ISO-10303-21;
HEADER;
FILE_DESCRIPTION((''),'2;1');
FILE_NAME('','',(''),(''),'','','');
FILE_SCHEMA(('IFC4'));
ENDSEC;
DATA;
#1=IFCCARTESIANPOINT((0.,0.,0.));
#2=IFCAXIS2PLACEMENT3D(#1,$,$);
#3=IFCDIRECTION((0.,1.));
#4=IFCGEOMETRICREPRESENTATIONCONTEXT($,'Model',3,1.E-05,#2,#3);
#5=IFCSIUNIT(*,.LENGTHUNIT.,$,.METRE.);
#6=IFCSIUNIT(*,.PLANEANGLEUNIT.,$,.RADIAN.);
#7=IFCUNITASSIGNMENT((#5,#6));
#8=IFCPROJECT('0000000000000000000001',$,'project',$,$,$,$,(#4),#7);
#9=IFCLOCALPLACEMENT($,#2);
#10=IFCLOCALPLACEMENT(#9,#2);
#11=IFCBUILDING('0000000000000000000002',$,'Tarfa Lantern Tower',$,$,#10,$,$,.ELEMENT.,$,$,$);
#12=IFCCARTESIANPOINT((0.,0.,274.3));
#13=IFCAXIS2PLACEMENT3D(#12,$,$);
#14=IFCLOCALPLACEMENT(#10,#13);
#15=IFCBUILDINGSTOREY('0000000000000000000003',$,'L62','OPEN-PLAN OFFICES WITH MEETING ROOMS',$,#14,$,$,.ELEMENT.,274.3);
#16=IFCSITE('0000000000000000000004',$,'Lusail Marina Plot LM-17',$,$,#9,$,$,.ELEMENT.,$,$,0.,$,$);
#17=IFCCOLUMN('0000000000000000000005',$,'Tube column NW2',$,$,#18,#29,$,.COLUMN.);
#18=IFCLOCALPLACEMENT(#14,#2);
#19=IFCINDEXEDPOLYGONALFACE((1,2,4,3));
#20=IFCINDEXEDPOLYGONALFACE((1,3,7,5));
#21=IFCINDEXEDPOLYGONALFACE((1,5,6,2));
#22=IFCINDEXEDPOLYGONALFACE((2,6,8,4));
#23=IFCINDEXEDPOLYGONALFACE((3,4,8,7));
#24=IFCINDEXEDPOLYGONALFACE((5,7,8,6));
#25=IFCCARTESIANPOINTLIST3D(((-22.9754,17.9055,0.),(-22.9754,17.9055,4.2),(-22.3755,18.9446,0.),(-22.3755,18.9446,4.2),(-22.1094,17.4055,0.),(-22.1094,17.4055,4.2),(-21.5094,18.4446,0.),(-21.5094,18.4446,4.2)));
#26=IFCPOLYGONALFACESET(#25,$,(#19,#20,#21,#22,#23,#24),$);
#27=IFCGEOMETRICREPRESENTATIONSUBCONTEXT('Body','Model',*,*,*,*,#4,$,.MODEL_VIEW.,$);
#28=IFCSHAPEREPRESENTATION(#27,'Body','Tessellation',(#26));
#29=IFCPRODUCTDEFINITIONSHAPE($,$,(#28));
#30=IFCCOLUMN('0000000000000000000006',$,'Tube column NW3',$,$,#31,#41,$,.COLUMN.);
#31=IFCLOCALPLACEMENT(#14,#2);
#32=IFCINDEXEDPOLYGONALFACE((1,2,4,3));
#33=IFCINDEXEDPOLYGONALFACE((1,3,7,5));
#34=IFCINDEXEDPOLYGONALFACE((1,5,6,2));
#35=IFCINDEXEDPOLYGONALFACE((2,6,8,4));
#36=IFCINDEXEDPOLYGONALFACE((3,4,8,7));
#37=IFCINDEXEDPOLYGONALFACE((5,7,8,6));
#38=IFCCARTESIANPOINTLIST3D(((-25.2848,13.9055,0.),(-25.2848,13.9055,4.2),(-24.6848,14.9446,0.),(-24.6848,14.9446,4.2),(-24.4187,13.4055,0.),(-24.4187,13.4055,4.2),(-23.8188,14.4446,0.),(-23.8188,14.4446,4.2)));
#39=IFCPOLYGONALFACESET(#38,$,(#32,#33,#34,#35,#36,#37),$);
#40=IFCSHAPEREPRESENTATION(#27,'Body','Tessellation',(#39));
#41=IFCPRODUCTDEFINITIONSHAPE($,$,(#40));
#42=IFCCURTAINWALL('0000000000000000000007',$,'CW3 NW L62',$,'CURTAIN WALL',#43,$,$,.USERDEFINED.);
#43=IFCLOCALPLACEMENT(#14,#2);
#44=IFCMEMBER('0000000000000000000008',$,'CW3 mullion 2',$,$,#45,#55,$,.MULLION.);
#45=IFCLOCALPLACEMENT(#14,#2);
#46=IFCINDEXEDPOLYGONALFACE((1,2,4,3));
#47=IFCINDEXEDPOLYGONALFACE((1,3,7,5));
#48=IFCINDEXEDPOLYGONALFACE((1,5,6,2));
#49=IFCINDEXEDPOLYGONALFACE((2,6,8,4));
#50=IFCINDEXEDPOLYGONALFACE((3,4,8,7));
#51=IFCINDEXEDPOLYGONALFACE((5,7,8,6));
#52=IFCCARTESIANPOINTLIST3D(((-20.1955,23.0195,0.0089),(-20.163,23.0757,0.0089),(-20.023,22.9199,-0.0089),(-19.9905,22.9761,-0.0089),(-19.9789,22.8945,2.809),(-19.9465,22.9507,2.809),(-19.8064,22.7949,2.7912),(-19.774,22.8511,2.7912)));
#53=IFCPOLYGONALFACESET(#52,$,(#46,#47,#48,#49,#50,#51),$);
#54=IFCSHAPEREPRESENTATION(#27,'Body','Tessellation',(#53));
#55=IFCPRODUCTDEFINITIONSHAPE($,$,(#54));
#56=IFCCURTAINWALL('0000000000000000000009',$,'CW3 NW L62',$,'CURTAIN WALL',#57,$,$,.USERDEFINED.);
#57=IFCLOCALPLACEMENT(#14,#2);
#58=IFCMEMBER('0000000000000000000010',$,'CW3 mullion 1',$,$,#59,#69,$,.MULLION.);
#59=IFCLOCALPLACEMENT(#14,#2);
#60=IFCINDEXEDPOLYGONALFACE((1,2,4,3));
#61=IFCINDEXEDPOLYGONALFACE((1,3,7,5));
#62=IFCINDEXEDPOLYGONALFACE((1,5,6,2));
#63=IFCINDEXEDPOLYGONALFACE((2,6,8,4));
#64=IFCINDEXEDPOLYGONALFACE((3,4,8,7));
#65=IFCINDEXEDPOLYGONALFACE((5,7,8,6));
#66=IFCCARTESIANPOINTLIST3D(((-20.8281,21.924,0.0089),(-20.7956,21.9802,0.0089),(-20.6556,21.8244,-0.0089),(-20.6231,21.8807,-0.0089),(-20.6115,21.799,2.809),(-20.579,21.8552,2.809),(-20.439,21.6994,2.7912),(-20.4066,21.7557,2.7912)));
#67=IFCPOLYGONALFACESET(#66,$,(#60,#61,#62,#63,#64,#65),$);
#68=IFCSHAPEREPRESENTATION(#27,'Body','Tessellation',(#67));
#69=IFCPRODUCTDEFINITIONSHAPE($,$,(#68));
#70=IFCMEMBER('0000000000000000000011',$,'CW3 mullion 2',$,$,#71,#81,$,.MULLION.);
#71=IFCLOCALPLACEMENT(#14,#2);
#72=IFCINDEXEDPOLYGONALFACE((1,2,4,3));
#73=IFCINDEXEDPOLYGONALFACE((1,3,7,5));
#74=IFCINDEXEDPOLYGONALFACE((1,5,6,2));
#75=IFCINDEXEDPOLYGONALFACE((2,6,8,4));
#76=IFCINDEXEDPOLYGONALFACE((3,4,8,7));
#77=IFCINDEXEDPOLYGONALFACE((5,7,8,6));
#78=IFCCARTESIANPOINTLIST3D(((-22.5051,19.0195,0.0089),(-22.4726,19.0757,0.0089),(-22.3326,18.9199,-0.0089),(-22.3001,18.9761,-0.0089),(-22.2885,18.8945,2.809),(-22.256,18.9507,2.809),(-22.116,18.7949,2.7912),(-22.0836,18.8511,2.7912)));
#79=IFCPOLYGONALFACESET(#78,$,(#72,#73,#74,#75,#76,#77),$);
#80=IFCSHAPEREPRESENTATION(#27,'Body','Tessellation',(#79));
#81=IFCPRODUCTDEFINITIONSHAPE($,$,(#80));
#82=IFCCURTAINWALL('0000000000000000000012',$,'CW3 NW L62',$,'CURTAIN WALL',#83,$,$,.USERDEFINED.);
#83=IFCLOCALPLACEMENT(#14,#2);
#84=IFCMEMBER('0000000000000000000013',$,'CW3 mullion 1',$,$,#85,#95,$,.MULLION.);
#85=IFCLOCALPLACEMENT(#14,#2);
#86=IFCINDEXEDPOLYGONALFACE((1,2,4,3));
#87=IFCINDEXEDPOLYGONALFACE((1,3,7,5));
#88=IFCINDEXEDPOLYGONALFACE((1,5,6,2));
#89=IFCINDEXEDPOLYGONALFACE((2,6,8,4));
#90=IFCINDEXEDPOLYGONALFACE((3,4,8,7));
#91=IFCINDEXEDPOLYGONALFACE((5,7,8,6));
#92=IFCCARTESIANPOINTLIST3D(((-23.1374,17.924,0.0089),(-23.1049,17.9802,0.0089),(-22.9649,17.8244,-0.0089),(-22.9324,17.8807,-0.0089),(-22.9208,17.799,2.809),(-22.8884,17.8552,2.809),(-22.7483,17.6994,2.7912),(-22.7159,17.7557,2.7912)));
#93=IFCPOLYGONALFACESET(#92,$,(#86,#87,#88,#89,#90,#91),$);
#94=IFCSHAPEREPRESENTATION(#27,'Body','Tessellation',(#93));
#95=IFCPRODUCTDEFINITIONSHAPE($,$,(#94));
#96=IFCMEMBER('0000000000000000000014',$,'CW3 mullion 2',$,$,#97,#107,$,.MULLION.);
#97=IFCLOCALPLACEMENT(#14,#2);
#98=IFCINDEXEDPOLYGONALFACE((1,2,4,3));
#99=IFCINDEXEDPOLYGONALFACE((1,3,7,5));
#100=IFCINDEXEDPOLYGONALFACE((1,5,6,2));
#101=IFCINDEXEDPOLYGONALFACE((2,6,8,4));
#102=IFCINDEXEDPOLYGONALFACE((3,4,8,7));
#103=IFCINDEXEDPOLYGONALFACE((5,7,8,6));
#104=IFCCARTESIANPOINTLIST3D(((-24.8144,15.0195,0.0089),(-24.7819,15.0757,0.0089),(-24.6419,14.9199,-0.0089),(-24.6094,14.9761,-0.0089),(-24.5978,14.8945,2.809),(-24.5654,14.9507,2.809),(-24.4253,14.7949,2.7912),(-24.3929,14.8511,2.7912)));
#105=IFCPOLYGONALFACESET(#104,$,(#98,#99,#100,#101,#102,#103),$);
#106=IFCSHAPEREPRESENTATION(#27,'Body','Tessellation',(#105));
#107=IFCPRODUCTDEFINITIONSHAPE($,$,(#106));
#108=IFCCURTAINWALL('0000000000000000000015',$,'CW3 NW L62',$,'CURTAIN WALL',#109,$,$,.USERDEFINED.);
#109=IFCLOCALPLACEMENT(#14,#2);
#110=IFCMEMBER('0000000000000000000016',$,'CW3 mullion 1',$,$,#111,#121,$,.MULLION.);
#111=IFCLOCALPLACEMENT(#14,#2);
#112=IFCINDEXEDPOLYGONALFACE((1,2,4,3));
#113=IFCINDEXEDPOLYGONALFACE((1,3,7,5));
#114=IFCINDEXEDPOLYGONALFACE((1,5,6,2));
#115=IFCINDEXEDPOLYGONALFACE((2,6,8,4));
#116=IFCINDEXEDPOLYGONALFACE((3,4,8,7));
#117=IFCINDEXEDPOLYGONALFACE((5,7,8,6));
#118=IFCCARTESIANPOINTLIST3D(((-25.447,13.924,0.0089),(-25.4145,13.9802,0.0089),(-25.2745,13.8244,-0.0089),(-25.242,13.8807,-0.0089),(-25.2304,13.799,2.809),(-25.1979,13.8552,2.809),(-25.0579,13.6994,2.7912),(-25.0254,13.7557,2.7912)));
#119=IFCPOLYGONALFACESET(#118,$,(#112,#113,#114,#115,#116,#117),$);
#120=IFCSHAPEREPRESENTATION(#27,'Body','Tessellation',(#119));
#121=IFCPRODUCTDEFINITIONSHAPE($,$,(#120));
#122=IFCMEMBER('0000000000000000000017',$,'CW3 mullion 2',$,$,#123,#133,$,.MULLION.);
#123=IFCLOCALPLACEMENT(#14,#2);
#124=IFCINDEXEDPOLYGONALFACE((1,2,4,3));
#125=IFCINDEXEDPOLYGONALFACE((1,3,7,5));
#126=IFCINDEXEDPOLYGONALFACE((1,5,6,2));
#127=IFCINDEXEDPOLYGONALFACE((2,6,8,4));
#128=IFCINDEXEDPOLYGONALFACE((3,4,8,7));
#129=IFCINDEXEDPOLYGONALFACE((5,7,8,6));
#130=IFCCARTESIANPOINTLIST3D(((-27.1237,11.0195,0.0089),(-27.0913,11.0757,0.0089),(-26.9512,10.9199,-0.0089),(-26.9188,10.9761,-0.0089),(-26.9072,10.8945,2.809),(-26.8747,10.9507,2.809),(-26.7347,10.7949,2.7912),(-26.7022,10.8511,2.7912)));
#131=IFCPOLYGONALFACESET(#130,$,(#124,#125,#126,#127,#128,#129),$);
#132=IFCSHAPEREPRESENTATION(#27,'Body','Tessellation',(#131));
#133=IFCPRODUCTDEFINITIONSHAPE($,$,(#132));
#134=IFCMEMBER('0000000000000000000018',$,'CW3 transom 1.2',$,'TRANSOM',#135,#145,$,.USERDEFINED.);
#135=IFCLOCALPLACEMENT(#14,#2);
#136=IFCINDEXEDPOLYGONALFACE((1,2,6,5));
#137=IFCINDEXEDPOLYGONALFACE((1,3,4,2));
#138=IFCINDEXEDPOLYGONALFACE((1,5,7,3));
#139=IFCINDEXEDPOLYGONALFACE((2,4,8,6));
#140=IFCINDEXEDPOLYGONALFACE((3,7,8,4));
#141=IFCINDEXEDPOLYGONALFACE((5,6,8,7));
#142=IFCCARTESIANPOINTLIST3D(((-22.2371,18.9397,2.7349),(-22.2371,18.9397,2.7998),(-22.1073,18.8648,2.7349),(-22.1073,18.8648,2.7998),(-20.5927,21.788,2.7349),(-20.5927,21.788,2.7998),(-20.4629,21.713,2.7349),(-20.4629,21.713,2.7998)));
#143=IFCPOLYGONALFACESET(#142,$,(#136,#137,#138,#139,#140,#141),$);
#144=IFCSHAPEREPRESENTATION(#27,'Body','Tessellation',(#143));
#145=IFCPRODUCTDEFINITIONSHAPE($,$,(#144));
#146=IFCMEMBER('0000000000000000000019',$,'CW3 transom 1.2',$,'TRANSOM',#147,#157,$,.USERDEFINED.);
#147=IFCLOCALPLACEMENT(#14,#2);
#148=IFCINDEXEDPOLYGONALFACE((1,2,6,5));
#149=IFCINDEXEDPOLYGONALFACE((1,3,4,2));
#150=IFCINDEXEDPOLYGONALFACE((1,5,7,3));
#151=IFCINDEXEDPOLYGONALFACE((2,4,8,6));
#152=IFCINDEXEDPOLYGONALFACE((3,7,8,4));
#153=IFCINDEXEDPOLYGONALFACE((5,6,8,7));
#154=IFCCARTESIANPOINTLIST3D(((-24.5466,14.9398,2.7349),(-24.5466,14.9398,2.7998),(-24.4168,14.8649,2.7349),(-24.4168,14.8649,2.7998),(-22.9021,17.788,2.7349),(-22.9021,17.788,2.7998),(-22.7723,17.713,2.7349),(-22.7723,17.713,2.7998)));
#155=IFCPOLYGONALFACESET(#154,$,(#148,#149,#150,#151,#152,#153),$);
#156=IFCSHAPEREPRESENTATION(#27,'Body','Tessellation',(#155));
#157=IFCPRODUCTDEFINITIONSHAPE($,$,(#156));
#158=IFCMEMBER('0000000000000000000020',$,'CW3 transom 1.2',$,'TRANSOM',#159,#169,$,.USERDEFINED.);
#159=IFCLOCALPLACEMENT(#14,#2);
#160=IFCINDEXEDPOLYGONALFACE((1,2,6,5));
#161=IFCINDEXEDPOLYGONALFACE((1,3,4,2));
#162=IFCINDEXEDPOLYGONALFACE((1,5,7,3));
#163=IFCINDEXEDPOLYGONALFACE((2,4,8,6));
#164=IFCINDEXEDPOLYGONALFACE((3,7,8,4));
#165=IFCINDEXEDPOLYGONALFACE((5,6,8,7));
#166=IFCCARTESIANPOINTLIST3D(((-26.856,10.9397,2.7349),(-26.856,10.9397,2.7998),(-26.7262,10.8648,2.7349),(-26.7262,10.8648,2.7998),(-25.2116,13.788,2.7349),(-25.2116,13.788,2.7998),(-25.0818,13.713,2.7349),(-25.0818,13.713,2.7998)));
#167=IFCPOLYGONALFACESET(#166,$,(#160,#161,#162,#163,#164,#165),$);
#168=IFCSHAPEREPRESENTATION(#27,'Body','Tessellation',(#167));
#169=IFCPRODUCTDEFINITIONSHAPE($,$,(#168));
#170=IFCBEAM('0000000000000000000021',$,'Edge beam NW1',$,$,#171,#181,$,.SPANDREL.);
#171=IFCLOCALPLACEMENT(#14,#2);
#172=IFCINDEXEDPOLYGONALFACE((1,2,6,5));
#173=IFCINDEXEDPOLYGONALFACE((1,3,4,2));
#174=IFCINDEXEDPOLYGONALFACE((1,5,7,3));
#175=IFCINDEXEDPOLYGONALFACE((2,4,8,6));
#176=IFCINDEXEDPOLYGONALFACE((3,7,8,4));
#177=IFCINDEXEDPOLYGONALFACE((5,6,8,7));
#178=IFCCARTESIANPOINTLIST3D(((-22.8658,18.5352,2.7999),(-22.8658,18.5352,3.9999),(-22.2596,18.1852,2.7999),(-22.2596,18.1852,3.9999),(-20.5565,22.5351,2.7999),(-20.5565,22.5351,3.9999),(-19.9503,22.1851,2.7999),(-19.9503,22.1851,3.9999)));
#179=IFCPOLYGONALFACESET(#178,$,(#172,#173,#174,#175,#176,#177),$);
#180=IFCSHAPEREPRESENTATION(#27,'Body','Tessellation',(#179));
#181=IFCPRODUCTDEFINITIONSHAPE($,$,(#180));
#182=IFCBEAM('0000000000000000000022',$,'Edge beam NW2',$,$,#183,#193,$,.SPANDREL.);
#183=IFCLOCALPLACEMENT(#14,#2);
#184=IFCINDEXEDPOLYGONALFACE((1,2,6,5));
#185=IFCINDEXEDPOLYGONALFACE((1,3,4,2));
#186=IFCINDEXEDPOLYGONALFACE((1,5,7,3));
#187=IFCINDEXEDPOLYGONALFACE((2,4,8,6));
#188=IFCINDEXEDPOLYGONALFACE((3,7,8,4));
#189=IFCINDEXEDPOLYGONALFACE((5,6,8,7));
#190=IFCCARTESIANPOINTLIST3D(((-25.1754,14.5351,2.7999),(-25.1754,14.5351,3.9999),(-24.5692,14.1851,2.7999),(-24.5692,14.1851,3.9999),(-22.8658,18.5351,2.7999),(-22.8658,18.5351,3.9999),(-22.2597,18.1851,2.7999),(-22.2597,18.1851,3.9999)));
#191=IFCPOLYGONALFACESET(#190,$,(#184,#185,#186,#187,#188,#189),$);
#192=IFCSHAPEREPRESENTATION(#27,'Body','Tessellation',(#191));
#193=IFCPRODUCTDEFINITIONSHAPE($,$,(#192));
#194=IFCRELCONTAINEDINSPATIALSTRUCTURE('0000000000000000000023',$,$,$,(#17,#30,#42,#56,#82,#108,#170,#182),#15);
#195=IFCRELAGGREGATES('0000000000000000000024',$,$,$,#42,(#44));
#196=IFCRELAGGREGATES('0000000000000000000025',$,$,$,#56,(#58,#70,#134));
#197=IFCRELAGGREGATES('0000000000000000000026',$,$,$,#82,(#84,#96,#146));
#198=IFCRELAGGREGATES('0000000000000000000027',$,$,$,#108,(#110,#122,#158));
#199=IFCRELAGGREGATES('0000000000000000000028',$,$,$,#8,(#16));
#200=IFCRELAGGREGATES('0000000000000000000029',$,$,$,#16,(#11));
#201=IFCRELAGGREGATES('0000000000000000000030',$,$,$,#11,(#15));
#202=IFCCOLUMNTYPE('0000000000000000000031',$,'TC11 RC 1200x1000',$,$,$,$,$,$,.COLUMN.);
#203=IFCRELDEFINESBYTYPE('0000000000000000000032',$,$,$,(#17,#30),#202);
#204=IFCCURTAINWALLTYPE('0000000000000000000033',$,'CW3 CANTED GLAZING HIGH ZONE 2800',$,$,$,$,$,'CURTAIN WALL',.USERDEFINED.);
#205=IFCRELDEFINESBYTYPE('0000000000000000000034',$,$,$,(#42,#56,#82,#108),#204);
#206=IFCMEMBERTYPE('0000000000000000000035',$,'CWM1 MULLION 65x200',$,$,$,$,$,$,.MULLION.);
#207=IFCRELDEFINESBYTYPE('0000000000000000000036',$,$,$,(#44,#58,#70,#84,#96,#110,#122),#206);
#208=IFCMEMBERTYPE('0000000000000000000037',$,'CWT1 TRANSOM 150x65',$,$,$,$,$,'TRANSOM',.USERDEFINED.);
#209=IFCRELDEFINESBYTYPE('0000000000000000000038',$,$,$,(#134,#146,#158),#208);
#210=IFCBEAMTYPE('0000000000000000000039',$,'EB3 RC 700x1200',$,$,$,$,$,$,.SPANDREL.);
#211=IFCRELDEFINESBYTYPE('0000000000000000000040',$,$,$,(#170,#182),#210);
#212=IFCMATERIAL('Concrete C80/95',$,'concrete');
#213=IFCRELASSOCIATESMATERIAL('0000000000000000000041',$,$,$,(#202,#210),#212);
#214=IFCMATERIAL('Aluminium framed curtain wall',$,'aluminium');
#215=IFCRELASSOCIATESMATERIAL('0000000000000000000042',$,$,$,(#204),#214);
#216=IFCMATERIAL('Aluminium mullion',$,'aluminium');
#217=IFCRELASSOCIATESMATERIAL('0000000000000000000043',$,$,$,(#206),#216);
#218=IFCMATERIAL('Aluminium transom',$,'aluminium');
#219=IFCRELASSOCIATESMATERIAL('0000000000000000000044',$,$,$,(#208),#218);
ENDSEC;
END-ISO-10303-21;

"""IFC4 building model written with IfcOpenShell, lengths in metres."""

from ifc_helpers import new_model, si_unit, direction, frame, origin, origin_2d, place, context, subcontext, project, spatial, rectangle, extrude, material, material_profile, profile_set, type_object, element, aggregate, save


model = new_model("IFC4")

# Units and contexts
model_context = context("Model", 3, precision=1e-05, world=origin(), true_north=direction((0.0, 1.0)))
body_context = subcontext(model_context, "Body", "Model", "MODEL_VIEW")
ifc_project = project(units=[si_unit("LENGTHUNIT", "METRE"), si_unit("PLANEANGLEUNIT", "RADIAN")], contexts=[model_context])

# Site, building, storey
site_placement = place(None, origin())
site = spatial("IfcSite", under=ifc_project, at=site_placement, Name="Lusail Marina Plot LM-17", CompositionType="ELEMENT", RefElevation=0.0)
building_placement = place(site_placement, origin())
building = spatial("IfcBuilding", under=site, at=building_placement, Name="Tarfa Lantern Tower", CompositionType="ELEMENT")
storey_placement = place(building_placement, frame((0.0, 0.0, 274.3)))
storey = spatial("IfcBuildingStorey", under=building, at=storey_placement, Name="L62", Description="OPEN-PLAN OFFICES WITH MEETING ROOMS", CompositionType="ELEMENT", Elevation=274.3)

# Columns
ifc_material_1 = material(Name="Concrete C80/95", Category="concrete")
ifc_material_profile_1 = material_profile(ifc_material_1, rectangle(XDim=1.2, YDim=1.0, at=origin_2d()), Name="RC 1200x1000")
ifc_profile_set_1 = profile_set([ifc_material_profile_1], Name="Concrete C80/95")
column_type = type_object("IfcColumnType", Name="TC11 RC 1200x1000", PredefinedType="COLUMN", material=ifc_profile_set_1)
for number, where, z_axis, x_axis, name in (
    (1, (-22.2424, 18.175, 0.0), (0.0, 0.0, 1.0), (-0.5, -0.866025, 0.0), "Tube column NW2"),
    (2, (-24.5518, 14.175, 0.0), (0.0, 0.0, 1.0), (-0.5, -0.866025, 0.0), "Tube column NW3"),
):
    element("IfcColumn", number, at=place(storey_placement, frame(where, z_axis=z_axis, x_axis=x_axis)), inside=storey, type_object=column_type, Name=name, PredefinedType="COLUMN", context=body_context, shape_type="SweptSolid", body=[
        extrude(rectangle(XDim=1.2, YDim=1.0, at=origin_2d()), origin(), (0.0, 0.0, 1.0), 4.2),
    ])

# Curtain wall, member
ifc_material_2 = material(Name="Aluminium framed curtain wall", Category="aluminium")
curtain_wall_type = type_object("IfcCurtainWallType", Name="CW3 CANTED GLAZING HIGH ZONE 2800", ElementType="CURTAIN WALL", PredefinedType="USERDEFINED", material=ifc_material_2)
curtain_wall_1_placement = place(storey_placement, origin())
curtain_wall_1 = element("IfcCurtainWall", 3, at=curtain_wall_1_placement, inside=storey, type_object=curtain_wall_type, Name="CW3 NW L62", ObjectType="CURTAIN WALL", PredefinedType="USERDEFINED")
ifc_material_3 = material(Name="Aluminium mullion", Category="aluminium")
ifc_material_profile_2 = material_profile(ifc_material_3, rectangle(XDim=0.0649, YDim=0.2, at=origin_2d()), Name="AL MULLION 65x200")
ifc_profile_set_2 = profile_set([ifc_material_profile_2], Name="Aluminium mullion")
member_type_1 = type_object("IfcMemberType", Name="CWM1 MULLION 65x200", PredefinedType="MULLION", material=ifc_profile_set_2)
member_1_placement = place(storey_placement, frame((-20.093, 22.9978, 0.0), z_axis=(0.077032, -0.044465, 0.996037), x_axis=(0.49992, 0.866072, 0.0)))
member_1 = element("IfcMember", 4, at=member_1_placement, type_object=member_type_1, Name="CW3 mullion 2", PredefinedType="MULLION", context=body_context, shape_type="SweptSolid", body=[
    extrude(rectangle(XDim=0.0649, YDim=0.2, at=origin_2d()), origin(), (0.0, 0.0, 1.0), 2.8113),
])
aggregate(curtain_wall_1, [member_1])

# Curtain walls, members
curtain_wall_2_placement = place(storey_placement, origin())
curtain_wall_2 = element("IfcCurtainWall", 5, at=curtain_wall_2_placement, inside=storey, type_object=curtain_wall_type, Name="CW3 NW L62", ObjectType="CURTAIN WALL", PredefinedType="USERDEFINED")
member_2_placement = place(storey_placement, frame((-20.7256, 21.9023, 0.0), z_axis=(0.077032, -0.044465, 0.996037), x_axis=(0.49992, 0.866072, 0.0)))
member_2 = element("IfcMember", 6, at=member_2_placement, type_object=member_type_1, Name="CW3 mullion 1", PredefinedType="MULLION", context=body_context, shape_type="SweptSolid", body=[
    extrude(rectangle(XDim=0.0649, YDim=0.2, at=origin_2d()), origin(), (0.0, 0.0, 1.0), 2.8113),
])
member_3_placement = place(storey_placement, frame((-22.4026, 18.9978, 0.0), z_axis=(0.077032, -0.044465, 0.996037), x_axis=(0.49992, 0.866072, 0.0)))
member_3 = element("IfcMember", 7, at=member_3_placement, type_object=member_type_1, Name="CW3 mullion 2", PredefinedType="MULLION", context=body_context, shape_type="SweptSolid", body=[
    extrude(rectangle(XDim=0.0649, YDim=0.2, at=origin_2d()), origin(), (0.0, 0.0, 1.0), 2.8113),
])
curtain_wall_3_placement = place(storey_placement, origin())
curtain_wall_3 = element("IfcCurtainWall", 8, at=curtain_wall_3_placement, inside=storey, type_object=curtain_wall_type, Name="CW3 NW L62", ObjectType="CURTAIN WALL", PredefinedType="USERDEFINED")
member_4_placement = place(storey_placement, frame((-23.0349, 17.9023, 0.0), z_axis=(0.077032, -0.044465, 0.996037), x_axis=(0.49992, 0.866072, 0.0)))
member_4 = element("IfcMember", 9, at=member_4_placement, type_object=member_type_1, Name="CW3 mullion 1", PredefinedType="MULLION", context=body_context, shape_type="SweptSolid", body=[
    extrude(rectangle(XDim=0.0649, YDim=0.2, at=origin_2d()), origin(), (0.0, 0.0, 1.0), 2.8113),
])
member_5_placement = place(storey_placement, frame((-24.7119, 14.9978, 0.0), z_axis=(0.077032, -0.044465, 0.996037), x_axis=(0.49992, 0.866072, 0.0)))
member_5 = element("IfcMember", 10, at=member_5_placement, type_object=member_type_1, Name="CW3 mullion 2", PredefinedType="MULLION", context=body_context, shape_type="SweptSolid", body=[
    extrude(rectangle(XDim=0.0649, YDim=0.2, at=origin_2d()), origin(), (0.0, 0.0, 1.0), 2.8113),
])
curtain_wall_4_placement = place(storey_placement, origin())
curtain_wall_4 = element("IfcCurtainWall", 11, at=curtain_wall_4_placement, inside=storey, type_object=curtain_wall_type, Name="CW3 NW L62", ObjectType="CURTAIN WALL", PredefinedType="USERDEFINED")
member_6_placement = place(storey_placement, frame((-25.3445, 13.9023, 0.0), z_axis=(0.077032, -0.044465, 0.996037), x_axis=(0.49992, 0.866072, 0.0)))
member_6 = element("IfcMember", 12, at=member_6_placement, type_object=member_type_1, Name="CW3 mullion 1", PredefinedType="MULLION", context=body_context, shape_type="SweptSolid", body=[
    extrude(rectangle(XDim=0.0649, YDim=0.2, at=origin_2d()), origin(), (0.0, 0.0, 1.0), 2.8113),
])
member_7_placement = place(storey_placement, frame((-27.0212, 10.9978, 0.0), z_axis=(0.077032, -0.044465, 0.996037), x_axis=(0.49992, 0.866072, 0.0)))
member_7 = element("IfcMember", 13, at=member_7_placement, type_object=member_type_1, Name="CW3 mullion 2", PredefinedType="MULLION", context=body_context, shape_type="SweptSolid", body=[
    extrude(rectangle(XDim=0.0649, YDim=0.2, at=origin_2d()), origin(), (0.0, 0.0, 1.0), 2.8113),
])

# Members
ifc_material_4 = material(Name="Aluminium transom", Category="aluminium")
ifc_material_profile_3 = material_profile(ifc_material_4, rectangle(XDim=0.1499, YDim=0.0649, at=origin_2d()), Name="AL TRANSOM 150x65")
ifc_profile_set_3 = profile_set([ifc_material_profile_3], Name="Aluminium transom")
member_type_2 = type_object("IfcMemberType", Name="CWT1 TRANSOM 150x65", ElementType="TRANSOM", PredefinedType="USERDEFINED", material=ifc_profile_set_3)
member_8_placement = place(storey_placement, frame((-20.5278, 21.7505, 2.7673), z_axis=(-0.499979, -0.866037, 0.0), x_axis=(0.866037, -0.499979, 0.0)))
member_8 = element("IfcMember", 14, at=member_8_placement, type_object=member_type_2, Name="CW3 transom 1.2", ObjectType="TRANSOM", PredefinedType="USERDEFINED", context=body_context, shape_type="SweptSolid", body=[
    extrude(rectangle(XDim=0.1499, YDim=0.0649, at=origin_2d()), origin(), (0.0, 0.0, 1.0), 3.2888),
])
member_9_placement = place(storey_placement, frame((-22.8372, 17.7505, 2.7673), z_axis=(-0.500035, -0.866005, 0.0), x_axis=(0.866005, -0.500035, 0.0)))
member_9 = element("IfcMember", 15, at=member_9_placement, type_object=member_type_2, Name="CW3 transom 1.2", ObjectType="TRANSOM", PredefinedType="USERDEFINED", context=body_context, shape_type="SweptSolid", body=[
    extrude(rectangle(XDim=0.1499, YDim=0.0649, at=origin_2d()), origin(), (0.0, 0.0, 1.0), 3.2888),
])
member_10_placement = place(storey_placement, frame((-25.1467, 13.7505, 2.7673), z_axis=(-0.499979, -0.866037, 0.0), x_axis=(0.866037, -0.499979, 0.0)))
member_10 = element("IfcMember", 16, at=member_10_placement, type_object=member_type_2, Name="CW3 transom 1.2", ObjectType="TRANSOM", PredefinedType="USERDEFINED", context=body_context, shape_type="SweptSolid", body=[
    extrude(rectangle(XDim=0.1499, YDim=0.0649, at=origin_2d()), origin(), (0.0, 0.0, 1.0), 3.2888),
])

# Beams
ifc_material_profile_4 = material_profile(ifc_material_1, rectangle(XDim=0.7, YDim=1.2, at=origin_2d()), Name="RC 700x1200")
ifc_profile_set_4 = profile_set([ifc_material_profile_4], Name="Concrete C80/95")
beam_type_1 = type_object("IfcBeamType", Name="EB3 RC 700x1200", PredefinedType="SPANDREL", material=ifc_profile_set_4)
beam_1_placement = place(storey_placement, frame((-20.2534, 22.3601, 3.3999), z_axis=(-0.499988, -0.866032, 0.0), x_axis=(0.866032, -0.499988, 0.0)))
element("IfcBeam", 17, at=beam_1_placement, inside=storey, type_object=beam_type_1, Name="Edge beam NW1", PredefinedType="SPANDREL", context=body_context, shape_type="SweptSolid", body=[
    extrude(rectangle(XDim=0.7, YDim=1.2, at=origin_2d()), origin(), (0.0, 0.0, 1.0), 4.6187),
])
beam_2_placement = place(storey_placement, frame((-22.5627, 18.3601, 3.3999), z_axis=(-0.500027, -0.86601, 0.0), x_axis=(0.86601, -0.500027, 0.0)))
element("IfcBeam", 18, at=beam_2_placement, inside=storey, type_object=beam_type_1, Name="Edge beam NW2", PredefinedType="SPANDREL", context=body_context, shape_type="SweptSolid", body=[
    extrude(rectangle(XDim=0.7, YDim=1.2, at=origin_2d()), origin(), (0.0, 0.0, 1.0), 4.6189),
])

aggregate(curtain_wall_2, [member_2, member_3, member_8])
aggregate(curtain_wall_3, [member_4, member_5, member_9])
aggregate(curtain_wall_4, [member_6, member_7, member_10])

save(model, "model.ifc")
